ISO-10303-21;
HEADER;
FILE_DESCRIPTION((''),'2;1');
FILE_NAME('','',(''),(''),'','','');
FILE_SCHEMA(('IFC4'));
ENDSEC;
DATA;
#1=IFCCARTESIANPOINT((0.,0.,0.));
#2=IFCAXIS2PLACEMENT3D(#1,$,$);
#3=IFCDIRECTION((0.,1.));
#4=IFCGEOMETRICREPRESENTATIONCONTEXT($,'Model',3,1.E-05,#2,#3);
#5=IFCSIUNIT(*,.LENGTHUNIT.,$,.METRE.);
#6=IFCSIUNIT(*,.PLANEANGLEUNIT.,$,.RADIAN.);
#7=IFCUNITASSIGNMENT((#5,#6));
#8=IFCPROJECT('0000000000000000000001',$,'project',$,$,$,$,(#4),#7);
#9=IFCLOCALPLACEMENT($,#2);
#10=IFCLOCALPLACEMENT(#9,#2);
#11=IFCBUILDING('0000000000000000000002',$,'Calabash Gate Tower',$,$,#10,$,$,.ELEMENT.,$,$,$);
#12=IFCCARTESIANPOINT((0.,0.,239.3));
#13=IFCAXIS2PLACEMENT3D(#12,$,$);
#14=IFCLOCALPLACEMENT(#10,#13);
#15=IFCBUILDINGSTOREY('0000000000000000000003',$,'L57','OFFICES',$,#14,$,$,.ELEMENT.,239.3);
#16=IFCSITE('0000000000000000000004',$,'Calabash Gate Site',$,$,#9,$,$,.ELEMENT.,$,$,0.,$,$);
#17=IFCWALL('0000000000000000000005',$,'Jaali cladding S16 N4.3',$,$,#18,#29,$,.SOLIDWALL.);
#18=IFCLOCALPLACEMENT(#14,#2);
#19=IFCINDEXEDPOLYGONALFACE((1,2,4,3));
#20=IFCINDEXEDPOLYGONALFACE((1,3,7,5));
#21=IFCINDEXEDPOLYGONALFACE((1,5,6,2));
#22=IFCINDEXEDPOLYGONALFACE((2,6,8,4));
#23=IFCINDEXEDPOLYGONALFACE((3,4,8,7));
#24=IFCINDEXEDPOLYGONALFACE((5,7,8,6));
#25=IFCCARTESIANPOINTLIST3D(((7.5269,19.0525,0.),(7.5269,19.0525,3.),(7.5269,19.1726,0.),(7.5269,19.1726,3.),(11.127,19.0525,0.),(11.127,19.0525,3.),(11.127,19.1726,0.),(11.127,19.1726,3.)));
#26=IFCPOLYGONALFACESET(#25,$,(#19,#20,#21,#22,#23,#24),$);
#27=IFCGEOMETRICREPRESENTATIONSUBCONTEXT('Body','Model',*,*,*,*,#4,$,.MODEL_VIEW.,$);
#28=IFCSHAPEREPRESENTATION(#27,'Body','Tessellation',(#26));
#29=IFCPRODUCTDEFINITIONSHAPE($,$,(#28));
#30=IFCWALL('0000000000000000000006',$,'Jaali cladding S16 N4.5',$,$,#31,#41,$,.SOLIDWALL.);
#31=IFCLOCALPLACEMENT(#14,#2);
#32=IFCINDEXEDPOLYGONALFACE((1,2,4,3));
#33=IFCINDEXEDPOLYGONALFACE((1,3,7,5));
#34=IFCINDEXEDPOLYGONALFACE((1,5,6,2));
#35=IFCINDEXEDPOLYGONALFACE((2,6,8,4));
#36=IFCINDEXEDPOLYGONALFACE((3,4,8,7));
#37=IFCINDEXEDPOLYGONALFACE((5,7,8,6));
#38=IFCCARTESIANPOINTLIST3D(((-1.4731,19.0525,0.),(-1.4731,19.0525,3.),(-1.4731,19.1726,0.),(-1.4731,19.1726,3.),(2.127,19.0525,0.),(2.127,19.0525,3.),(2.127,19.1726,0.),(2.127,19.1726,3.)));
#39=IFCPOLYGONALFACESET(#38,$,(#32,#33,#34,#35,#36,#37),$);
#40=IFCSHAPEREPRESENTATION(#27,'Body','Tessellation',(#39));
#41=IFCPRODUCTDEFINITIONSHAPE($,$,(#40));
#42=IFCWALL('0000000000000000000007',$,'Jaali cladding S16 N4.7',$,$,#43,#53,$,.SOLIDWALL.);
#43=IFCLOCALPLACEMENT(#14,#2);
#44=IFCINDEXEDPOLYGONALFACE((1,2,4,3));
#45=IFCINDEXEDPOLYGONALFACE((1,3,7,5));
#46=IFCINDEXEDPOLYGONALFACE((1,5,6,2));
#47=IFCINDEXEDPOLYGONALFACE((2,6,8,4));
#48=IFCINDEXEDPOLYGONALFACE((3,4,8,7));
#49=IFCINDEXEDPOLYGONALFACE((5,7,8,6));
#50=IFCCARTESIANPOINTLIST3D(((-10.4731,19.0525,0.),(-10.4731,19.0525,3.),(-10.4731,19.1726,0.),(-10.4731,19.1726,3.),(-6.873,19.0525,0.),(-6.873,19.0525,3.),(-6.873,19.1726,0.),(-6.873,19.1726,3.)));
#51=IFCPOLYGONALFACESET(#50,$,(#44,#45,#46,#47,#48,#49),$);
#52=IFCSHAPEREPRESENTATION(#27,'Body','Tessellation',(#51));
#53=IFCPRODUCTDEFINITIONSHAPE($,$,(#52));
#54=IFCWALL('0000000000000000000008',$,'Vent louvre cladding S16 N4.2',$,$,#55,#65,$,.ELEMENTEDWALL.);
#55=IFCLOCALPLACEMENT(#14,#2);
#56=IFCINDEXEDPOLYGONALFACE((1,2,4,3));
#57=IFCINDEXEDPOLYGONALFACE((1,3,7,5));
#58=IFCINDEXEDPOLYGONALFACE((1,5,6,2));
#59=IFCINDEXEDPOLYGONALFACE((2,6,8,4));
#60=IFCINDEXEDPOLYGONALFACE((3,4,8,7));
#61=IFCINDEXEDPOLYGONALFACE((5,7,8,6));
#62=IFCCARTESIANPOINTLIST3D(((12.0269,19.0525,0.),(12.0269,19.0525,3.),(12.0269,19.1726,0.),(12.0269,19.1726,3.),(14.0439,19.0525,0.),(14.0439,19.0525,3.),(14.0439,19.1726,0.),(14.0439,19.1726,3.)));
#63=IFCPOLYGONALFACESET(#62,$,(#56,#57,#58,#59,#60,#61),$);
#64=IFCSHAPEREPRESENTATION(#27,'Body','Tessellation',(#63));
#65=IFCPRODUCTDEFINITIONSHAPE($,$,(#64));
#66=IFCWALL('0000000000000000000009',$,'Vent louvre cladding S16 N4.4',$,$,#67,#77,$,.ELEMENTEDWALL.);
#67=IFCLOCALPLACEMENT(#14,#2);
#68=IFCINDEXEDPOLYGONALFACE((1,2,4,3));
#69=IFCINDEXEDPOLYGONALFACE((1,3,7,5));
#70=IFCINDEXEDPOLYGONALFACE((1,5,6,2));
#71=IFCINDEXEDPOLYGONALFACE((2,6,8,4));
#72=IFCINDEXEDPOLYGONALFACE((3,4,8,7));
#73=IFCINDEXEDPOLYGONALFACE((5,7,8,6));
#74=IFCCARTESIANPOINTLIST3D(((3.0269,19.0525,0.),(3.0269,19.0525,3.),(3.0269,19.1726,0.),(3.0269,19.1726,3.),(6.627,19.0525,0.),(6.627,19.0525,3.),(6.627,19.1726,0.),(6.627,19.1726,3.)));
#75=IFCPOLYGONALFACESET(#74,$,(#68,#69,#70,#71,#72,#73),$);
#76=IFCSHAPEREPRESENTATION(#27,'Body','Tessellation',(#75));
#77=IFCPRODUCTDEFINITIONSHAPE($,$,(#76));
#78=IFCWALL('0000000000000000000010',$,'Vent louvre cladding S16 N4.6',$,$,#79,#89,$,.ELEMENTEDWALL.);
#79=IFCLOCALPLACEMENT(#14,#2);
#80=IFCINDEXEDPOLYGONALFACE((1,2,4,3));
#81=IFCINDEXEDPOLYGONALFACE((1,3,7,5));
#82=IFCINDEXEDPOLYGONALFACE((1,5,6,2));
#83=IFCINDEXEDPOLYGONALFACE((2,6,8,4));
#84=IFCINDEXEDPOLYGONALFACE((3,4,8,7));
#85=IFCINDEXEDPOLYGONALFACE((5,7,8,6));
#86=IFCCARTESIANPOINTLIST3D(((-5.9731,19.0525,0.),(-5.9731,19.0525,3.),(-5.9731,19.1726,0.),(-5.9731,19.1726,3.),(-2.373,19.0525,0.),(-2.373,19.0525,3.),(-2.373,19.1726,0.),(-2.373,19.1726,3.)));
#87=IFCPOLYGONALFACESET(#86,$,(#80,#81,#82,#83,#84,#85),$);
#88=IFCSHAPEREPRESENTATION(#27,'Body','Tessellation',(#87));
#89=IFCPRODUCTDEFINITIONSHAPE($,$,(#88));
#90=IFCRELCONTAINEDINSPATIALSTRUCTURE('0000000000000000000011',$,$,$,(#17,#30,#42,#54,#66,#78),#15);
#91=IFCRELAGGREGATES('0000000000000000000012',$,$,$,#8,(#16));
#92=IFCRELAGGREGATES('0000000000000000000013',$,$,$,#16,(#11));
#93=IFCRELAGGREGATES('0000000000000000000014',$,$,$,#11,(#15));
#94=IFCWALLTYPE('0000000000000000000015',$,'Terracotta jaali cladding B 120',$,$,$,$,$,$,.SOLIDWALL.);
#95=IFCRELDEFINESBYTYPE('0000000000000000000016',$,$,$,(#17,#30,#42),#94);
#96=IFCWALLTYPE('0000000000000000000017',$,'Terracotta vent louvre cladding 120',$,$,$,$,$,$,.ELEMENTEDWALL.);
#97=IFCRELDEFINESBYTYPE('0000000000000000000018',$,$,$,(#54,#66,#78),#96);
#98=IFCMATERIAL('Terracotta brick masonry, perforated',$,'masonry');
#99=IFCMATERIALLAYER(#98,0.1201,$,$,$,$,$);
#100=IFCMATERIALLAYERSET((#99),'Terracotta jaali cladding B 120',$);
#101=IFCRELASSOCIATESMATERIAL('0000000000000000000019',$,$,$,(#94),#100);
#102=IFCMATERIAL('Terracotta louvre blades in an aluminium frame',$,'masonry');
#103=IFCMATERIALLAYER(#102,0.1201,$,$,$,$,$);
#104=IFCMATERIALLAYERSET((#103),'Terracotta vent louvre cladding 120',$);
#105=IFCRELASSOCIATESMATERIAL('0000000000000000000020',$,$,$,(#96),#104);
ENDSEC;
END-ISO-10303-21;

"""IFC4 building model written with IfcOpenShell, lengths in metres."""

from ifc_helpers import new_model, si_unit, direction, frame, origin, place, context, subcontext, project, spatial, polyline, outline, extrude, material, layer, layer_set, type_object, element, save


model = new_model("IFC4")

# Units and contexts
model_context = context("Model", 3, precision=1e-05, world=origin(), true_north=direction((0.0, 1.0)))
body_context = subcontext(model_context, "Body", "Model", "MODEL_VIEW")
ifc_project = project(units=[si_unit("LENGTHUNIT", "METRE"), si_unit("PLANEANGLEUNIT", "RADIAN")], contexts=[model_context])

# Site, building, storey
site_placement = place(None, origin())
site = spatial("IfcSite", under=ifc_project, at=site_placement, Name="Calabash Gate Site", CompositionType="ELEMENT", RefElevation=0.0)
building_placement = place(site_placement, origin())
building = spatial("IfcBuilding", under=site, at=building_placement, Name="Calabash Gate Tower", CompositionType="ELEMENT")
storey_placement = place(building_placement, frame((0.0, 0.0, 239.3)))
storey = spatial("IfcBuildingStorey", under=building, at=storey_placement, Name="L57", Description="OFFICES", CompositionType="ELEMENT", Elevation=239.3)

# Walls
ifc_material_1 = material(Name="Terracotta brick masonry, perforated", Category="masonry")
ifc_layer_1 = layer(ifc_material_1, 0.1201)
ifc_layer_set_1 = layer_set([ifc_layer_1], Name="Terracotta jaali cladding B 120")
wall_type_1 = type_object("IfcWallType", Name="Terracotta jaali cladding B 120", PredefinedType="SOLIDWALL", material=ifc_layer_set_1)
wall_1_placement = place(storey_placement, origin())
element("IfcWall", 1, at=wall_1_placement, inside=storey, type_object=wall_type_1, Name="Jaali cladding S16 N4.3", PredefinedType="SOLIDWALL", context=body_context, shape_type="SweptSolid", body=[
    extrude(outline(polyline([(7.5269, 19.1726), (7.5269, 19.0525), (11.127, 19.0525), (11.127, 19.1726), (7.5269, 19.1726)])), origin(), (0.0, 0.0, 1.0), 3.0),
])
wall_2_placement = place(storey_placement, origin())
element("IfcWall", 2, at=wall_2_placement, inside=storey, type_object=wall_type_1, Name="Jaali cladding S16 N4.5", PredefinedType="SOLIDWALL", context=body_context, shape_type="SweptSolid", body=[
    extrude(outline(polyline([(-1.4731, 19.1726), (-1.4731, 19.0525), (2.127, 19.0525), (2.127, 19.1726), (-1.4731, 19.1726)])), origin(), (0.0, 0.0, 1.0), 3.0),
])
wall_3_placement = place(storey_placement, origin())
element("IfcWall", 3, at=wall_3_placement, inside=storey, type_object=wall_type_1, Name="Jaali cladding S16 N4.7", PredefinedType="SOLIDWALL", context=body_context, shape_type="SweptSolid", body=[
    extrude(outline(polyline([(-10.4731, 19.1726), (-10.4731, 19.0525), (-6.873, 19.0525), (-6.873, 19.1726), (-10.4731, 19.1726)])), origin(), (0.0, 0.0, 1.0), 3.0),
])
ifc_material_2 = material(Name="Terracotta louvre blades in an aluminium frame", Category="masonry")
ifc_layer_2 = layer(ifc_material_2, 0.1201)
ifc_layer_set_2 = layer_set([ifc_layer_2], Name="Terracotta vent louvre cladding 120")
wall_type_2 = type_object("IfcWallType", Name="Terracotta vent louvre cladding 120", PredefinedType="ELEMENTEDWALL", material=ifc_layer_set_2)
wall_4_placement = place(storey_placement, origin())
element("IfcWall", 4, at=wall_4_placement, inside=storey, type_object=wall_type_2, Name="Vent louvre cladding S16 N4.2", PredefinedType="ELEMENTEDWALL", context=body_context, shape_type="SweptSolid", body=[
    extrude(outline(polyline([(14.0439, 19.1726), (12.0269, 19.1726), (12.0269, 19.0525), (14.0439, 19.0525), (14.0439, 19.1726)])), origin(), (0.0, 0.0, 1.0), 3.0),
])
wall_5_placement = place(storey_placement, origin())
element("IfcWall", 5, at=wall_5_placement, inside=storey, type_object=wall_type_2, Name="Vent louvre cladding S16 N4.4", PredefinedType="ELEMENTEDWALL", context=body_context, shape_type="SweptSolid", body=[
    extrude(outline(polyline([(3.0269, 19.1726), (3.0269, 19.0525), (6.627, 19.0525), (6.627, 19.1726), (3.0269, 19.1726)])), origin(), (0.0, 0.0, 1.0), 3.0),
])
wall_6_placement = place(storey_placement, origin())
element("IfcWall", 6, at=wall_6_placement, inside=storey, type_object=wall_type_2, Name="Vent louvre cladding S16 N4.6", PredefinedType="ELEMENTEDWALL", context=body_context, shape_type="SweptSolid", body=[
    extrude(outline(polyline([(-5.9731, 19.1726), (-5.9731, 19.0525), (-2.373, 19.0525), (-2.373, 19.1726), (-5.9731, 19.1726)])), origin(), (0.0, 0.0, 1.0), 3.0),
])

save(model, "model.ifc")
